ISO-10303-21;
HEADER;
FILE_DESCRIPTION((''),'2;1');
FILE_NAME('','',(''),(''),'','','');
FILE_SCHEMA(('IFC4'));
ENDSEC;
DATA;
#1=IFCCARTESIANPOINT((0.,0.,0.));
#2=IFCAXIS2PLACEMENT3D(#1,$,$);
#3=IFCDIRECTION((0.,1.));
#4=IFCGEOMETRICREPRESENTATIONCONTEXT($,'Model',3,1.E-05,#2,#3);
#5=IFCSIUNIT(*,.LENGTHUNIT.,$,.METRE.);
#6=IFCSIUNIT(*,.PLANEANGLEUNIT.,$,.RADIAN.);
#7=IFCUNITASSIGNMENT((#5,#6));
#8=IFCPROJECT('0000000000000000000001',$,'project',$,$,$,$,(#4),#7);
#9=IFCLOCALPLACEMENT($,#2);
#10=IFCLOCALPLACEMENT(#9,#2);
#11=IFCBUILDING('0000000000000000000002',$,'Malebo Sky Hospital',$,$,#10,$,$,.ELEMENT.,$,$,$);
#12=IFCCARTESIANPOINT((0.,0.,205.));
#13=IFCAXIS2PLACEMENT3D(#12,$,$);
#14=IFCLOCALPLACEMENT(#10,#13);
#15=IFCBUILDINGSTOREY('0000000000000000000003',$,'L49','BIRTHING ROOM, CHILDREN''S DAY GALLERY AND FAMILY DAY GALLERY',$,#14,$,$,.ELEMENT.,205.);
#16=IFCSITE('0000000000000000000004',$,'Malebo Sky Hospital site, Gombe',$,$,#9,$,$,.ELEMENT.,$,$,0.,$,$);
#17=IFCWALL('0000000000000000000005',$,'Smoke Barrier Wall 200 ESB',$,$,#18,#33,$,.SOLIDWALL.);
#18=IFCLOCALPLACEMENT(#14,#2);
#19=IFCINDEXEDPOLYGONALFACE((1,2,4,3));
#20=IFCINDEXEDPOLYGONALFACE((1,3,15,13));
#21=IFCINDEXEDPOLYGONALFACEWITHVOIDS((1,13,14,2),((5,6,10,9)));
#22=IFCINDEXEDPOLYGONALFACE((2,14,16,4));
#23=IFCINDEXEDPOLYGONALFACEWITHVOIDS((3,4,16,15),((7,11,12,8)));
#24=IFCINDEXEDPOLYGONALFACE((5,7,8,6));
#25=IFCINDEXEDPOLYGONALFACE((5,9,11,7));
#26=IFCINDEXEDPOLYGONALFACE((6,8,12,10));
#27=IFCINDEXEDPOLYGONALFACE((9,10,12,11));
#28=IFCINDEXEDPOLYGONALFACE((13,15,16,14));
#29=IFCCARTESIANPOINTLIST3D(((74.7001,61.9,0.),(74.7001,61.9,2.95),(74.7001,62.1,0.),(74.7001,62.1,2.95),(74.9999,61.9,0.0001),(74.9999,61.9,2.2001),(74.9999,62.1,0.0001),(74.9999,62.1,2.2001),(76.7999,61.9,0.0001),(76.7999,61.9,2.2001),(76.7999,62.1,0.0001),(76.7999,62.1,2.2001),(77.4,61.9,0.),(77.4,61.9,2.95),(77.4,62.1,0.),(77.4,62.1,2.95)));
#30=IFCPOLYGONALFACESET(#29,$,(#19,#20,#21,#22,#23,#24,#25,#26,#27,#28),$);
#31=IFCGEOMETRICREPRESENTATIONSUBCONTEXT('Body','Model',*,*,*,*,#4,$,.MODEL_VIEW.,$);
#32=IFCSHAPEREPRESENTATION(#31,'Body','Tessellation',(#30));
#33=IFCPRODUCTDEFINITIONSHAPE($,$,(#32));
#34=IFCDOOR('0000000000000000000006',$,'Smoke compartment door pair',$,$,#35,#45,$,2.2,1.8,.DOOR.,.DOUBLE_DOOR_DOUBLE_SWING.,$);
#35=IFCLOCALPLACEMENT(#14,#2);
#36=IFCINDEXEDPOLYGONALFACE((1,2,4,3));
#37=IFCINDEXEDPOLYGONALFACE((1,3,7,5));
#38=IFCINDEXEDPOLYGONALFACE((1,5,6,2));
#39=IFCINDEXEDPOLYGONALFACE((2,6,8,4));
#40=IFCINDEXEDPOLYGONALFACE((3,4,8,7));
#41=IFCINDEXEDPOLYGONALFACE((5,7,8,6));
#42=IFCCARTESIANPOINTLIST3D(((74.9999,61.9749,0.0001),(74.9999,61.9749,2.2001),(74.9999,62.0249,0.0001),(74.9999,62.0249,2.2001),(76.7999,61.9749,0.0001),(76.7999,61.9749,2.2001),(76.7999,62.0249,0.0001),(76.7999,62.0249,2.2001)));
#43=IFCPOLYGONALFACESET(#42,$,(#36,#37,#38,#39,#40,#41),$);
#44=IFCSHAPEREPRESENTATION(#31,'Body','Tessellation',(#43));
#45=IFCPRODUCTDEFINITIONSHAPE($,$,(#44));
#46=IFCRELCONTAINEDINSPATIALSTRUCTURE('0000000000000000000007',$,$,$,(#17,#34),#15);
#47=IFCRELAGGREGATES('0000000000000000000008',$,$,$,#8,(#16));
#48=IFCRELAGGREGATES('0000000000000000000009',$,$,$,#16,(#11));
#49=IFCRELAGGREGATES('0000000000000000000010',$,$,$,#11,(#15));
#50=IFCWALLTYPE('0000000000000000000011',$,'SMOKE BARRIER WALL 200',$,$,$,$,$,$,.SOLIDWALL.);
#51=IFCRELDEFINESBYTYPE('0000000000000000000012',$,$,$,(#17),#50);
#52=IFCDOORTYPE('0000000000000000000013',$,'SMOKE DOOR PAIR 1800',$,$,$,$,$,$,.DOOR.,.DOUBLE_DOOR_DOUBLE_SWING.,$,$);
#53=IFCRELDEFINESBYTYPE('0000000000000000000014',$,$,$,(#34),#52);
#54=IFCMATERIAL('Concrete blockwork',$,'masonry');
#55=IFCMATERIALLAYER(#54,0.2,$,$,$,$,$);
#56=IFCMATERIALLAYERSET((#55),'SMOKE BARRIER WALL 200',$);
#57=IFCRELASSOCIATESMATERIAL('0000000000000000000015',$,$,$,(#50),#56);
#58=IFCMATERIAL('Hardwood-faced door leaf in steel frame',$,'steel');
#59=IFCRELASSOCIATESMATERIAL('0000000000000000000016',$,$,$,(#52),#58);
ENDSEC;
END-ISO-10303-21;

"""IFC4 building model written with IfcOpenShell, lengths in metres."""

from ifc_helpers import new_model, si_unit, direction, frame, frame_2d, origin, place, context, subcontext, project, spatial, rectangle, extrude, material, layer, layer_set, type_object, element, fill, save


model = new_model("IFC4")

# Units and contexts
model_context = context("Model", 3, precision=1e-05, world=origin(), true_north=direction((0.0, 1.0)))
body_context = subcontext(model_context, "Body", "Model", "MODEL_VIEW")
ifc_project = project(units=[si_unit("LENGTHUNIT", "METRE"), si_unit("PLANEANGLEUNIT", "RADIAN")], contexts=[model_context])

# Site, building, storey
site_placement = place(None, origin())
site = spatial("IfcSite", under=ifc_project, at=site_placement, Name="Malebo Sky Hospital site, Gombe", CompositionType="ELEMENT", RefElevation=0.0)
building_placement = place(site_placement, origin())
building = spatial("IfcBuilding", under=site, at=building_placement, Name="Malebo Sky Hospital", CompositionType="ELEMENT")
storey_placement = place(building_placement, frame((0.0, 0.0, 205.0)))
storey = spatial("IfcBuildingStorey", under=building, at=storey_placement, Name="L49", Description="BIRTHING ROOM, CHILDREN'S DAY GALLERY AND FAMILY DAY GALLERY", CompositionType="ELEMENT", Elevation=205.0)

# Shared definitions
ifc_material_1 = material(Name="Hardwood-faced door leaf in steel frame", Category="steel")

# Shared definitions
ifc_material_2 = material(Name="Concrete blockwork", Category="masonry")
ifc_layer_1 = layer(ifc_material_2, 0.2)
ifc_layer_set_1 = layer_set([ifc_layer_1], Name="SMOKE BARRIER WALL 200")
wall_type_1 = type_object("IfcWallType", Name="SMOKE BARRIER WALL 200", PredefinedType="SOLIDWALL", material=ifc_layer_set_1)

# Wall, opening, door
wall_1_placement = place(storey_placement, frame((74.7, 62.0, 0.0), z_axis=(0.0, 0.0, 1.0), x_axis=(1.0, 0.0, 0.0)))
wall_1 = element("IfcWall", 1, at=wall_1_placement, inside=storey, type_object=wall_type_1, Name="Smoke Barrier Wall 200 ESB", PredefinedType="SOLIDWALL", context=body_context, shape_type="SweptSolid", body=[
    extrude(rectangle(XDim=2.7, YDim=0.2, at=frame_2d((1.3501, 0.0))), origin(), (0.0, 0.0, 1.0), 2.95),
])
opening_1_placement = place(wall_1_placement, frame((0.3, 0.0, 0.0)))
opening_1 = element("IfcOpeningElement", 2, at=opening_1_placement, cuts=wall_1, PredefinedType="OPENING", context=body_context, shape_type="SweptSolid", body=[
    extrude(rectangle(XDim=1.8, YDim=2.2, at=frame_2d((0.8999, 1.1001))), frame((0.0, 0.1099, 0.0), z_axis=(0.0, -1.0, 0.0), x_axis=(1.0, 0.0, 0.0)), (0.0, 0.0, 1.0), 0.22),
])
door_type_1 = type_object("IfcDoorType", Name="SMOKE DOOR PAIR 1800", OperationType="DOUBLE_DOOR_DOUBLE_SWING", PredefinedType="DOOR", material=ifc_material_1)
door_1_placement = place(opening_1_placement, origin())
door_1 = element("IfcDoor", 3, at=door_1_placement, inside=storey, type_object=door_type_1, Name="Smoke compartment door pair", OperationType="DOUBLE_DOOR_DOUBLE_SWING", OverallHeight=2.2, OverallWidth=1.8, PredefinedType="DOOR", context=body_context, shape_type="SweptSolid", body=[
    extrude(rectangle(XDim=1.8, YDim=2.2, at=frame_2d((0.8999, 1.1001))), frame((0.0, 0.0249, 0.0), z_axis=(0.0, -1.0, 0.0), x_axis=(1.0, 0.0, 0.0)), (0.0, 0.0, 1.0), 0.05),
])
fill(opening_1, door_1)

save(model, "model.ifc")
